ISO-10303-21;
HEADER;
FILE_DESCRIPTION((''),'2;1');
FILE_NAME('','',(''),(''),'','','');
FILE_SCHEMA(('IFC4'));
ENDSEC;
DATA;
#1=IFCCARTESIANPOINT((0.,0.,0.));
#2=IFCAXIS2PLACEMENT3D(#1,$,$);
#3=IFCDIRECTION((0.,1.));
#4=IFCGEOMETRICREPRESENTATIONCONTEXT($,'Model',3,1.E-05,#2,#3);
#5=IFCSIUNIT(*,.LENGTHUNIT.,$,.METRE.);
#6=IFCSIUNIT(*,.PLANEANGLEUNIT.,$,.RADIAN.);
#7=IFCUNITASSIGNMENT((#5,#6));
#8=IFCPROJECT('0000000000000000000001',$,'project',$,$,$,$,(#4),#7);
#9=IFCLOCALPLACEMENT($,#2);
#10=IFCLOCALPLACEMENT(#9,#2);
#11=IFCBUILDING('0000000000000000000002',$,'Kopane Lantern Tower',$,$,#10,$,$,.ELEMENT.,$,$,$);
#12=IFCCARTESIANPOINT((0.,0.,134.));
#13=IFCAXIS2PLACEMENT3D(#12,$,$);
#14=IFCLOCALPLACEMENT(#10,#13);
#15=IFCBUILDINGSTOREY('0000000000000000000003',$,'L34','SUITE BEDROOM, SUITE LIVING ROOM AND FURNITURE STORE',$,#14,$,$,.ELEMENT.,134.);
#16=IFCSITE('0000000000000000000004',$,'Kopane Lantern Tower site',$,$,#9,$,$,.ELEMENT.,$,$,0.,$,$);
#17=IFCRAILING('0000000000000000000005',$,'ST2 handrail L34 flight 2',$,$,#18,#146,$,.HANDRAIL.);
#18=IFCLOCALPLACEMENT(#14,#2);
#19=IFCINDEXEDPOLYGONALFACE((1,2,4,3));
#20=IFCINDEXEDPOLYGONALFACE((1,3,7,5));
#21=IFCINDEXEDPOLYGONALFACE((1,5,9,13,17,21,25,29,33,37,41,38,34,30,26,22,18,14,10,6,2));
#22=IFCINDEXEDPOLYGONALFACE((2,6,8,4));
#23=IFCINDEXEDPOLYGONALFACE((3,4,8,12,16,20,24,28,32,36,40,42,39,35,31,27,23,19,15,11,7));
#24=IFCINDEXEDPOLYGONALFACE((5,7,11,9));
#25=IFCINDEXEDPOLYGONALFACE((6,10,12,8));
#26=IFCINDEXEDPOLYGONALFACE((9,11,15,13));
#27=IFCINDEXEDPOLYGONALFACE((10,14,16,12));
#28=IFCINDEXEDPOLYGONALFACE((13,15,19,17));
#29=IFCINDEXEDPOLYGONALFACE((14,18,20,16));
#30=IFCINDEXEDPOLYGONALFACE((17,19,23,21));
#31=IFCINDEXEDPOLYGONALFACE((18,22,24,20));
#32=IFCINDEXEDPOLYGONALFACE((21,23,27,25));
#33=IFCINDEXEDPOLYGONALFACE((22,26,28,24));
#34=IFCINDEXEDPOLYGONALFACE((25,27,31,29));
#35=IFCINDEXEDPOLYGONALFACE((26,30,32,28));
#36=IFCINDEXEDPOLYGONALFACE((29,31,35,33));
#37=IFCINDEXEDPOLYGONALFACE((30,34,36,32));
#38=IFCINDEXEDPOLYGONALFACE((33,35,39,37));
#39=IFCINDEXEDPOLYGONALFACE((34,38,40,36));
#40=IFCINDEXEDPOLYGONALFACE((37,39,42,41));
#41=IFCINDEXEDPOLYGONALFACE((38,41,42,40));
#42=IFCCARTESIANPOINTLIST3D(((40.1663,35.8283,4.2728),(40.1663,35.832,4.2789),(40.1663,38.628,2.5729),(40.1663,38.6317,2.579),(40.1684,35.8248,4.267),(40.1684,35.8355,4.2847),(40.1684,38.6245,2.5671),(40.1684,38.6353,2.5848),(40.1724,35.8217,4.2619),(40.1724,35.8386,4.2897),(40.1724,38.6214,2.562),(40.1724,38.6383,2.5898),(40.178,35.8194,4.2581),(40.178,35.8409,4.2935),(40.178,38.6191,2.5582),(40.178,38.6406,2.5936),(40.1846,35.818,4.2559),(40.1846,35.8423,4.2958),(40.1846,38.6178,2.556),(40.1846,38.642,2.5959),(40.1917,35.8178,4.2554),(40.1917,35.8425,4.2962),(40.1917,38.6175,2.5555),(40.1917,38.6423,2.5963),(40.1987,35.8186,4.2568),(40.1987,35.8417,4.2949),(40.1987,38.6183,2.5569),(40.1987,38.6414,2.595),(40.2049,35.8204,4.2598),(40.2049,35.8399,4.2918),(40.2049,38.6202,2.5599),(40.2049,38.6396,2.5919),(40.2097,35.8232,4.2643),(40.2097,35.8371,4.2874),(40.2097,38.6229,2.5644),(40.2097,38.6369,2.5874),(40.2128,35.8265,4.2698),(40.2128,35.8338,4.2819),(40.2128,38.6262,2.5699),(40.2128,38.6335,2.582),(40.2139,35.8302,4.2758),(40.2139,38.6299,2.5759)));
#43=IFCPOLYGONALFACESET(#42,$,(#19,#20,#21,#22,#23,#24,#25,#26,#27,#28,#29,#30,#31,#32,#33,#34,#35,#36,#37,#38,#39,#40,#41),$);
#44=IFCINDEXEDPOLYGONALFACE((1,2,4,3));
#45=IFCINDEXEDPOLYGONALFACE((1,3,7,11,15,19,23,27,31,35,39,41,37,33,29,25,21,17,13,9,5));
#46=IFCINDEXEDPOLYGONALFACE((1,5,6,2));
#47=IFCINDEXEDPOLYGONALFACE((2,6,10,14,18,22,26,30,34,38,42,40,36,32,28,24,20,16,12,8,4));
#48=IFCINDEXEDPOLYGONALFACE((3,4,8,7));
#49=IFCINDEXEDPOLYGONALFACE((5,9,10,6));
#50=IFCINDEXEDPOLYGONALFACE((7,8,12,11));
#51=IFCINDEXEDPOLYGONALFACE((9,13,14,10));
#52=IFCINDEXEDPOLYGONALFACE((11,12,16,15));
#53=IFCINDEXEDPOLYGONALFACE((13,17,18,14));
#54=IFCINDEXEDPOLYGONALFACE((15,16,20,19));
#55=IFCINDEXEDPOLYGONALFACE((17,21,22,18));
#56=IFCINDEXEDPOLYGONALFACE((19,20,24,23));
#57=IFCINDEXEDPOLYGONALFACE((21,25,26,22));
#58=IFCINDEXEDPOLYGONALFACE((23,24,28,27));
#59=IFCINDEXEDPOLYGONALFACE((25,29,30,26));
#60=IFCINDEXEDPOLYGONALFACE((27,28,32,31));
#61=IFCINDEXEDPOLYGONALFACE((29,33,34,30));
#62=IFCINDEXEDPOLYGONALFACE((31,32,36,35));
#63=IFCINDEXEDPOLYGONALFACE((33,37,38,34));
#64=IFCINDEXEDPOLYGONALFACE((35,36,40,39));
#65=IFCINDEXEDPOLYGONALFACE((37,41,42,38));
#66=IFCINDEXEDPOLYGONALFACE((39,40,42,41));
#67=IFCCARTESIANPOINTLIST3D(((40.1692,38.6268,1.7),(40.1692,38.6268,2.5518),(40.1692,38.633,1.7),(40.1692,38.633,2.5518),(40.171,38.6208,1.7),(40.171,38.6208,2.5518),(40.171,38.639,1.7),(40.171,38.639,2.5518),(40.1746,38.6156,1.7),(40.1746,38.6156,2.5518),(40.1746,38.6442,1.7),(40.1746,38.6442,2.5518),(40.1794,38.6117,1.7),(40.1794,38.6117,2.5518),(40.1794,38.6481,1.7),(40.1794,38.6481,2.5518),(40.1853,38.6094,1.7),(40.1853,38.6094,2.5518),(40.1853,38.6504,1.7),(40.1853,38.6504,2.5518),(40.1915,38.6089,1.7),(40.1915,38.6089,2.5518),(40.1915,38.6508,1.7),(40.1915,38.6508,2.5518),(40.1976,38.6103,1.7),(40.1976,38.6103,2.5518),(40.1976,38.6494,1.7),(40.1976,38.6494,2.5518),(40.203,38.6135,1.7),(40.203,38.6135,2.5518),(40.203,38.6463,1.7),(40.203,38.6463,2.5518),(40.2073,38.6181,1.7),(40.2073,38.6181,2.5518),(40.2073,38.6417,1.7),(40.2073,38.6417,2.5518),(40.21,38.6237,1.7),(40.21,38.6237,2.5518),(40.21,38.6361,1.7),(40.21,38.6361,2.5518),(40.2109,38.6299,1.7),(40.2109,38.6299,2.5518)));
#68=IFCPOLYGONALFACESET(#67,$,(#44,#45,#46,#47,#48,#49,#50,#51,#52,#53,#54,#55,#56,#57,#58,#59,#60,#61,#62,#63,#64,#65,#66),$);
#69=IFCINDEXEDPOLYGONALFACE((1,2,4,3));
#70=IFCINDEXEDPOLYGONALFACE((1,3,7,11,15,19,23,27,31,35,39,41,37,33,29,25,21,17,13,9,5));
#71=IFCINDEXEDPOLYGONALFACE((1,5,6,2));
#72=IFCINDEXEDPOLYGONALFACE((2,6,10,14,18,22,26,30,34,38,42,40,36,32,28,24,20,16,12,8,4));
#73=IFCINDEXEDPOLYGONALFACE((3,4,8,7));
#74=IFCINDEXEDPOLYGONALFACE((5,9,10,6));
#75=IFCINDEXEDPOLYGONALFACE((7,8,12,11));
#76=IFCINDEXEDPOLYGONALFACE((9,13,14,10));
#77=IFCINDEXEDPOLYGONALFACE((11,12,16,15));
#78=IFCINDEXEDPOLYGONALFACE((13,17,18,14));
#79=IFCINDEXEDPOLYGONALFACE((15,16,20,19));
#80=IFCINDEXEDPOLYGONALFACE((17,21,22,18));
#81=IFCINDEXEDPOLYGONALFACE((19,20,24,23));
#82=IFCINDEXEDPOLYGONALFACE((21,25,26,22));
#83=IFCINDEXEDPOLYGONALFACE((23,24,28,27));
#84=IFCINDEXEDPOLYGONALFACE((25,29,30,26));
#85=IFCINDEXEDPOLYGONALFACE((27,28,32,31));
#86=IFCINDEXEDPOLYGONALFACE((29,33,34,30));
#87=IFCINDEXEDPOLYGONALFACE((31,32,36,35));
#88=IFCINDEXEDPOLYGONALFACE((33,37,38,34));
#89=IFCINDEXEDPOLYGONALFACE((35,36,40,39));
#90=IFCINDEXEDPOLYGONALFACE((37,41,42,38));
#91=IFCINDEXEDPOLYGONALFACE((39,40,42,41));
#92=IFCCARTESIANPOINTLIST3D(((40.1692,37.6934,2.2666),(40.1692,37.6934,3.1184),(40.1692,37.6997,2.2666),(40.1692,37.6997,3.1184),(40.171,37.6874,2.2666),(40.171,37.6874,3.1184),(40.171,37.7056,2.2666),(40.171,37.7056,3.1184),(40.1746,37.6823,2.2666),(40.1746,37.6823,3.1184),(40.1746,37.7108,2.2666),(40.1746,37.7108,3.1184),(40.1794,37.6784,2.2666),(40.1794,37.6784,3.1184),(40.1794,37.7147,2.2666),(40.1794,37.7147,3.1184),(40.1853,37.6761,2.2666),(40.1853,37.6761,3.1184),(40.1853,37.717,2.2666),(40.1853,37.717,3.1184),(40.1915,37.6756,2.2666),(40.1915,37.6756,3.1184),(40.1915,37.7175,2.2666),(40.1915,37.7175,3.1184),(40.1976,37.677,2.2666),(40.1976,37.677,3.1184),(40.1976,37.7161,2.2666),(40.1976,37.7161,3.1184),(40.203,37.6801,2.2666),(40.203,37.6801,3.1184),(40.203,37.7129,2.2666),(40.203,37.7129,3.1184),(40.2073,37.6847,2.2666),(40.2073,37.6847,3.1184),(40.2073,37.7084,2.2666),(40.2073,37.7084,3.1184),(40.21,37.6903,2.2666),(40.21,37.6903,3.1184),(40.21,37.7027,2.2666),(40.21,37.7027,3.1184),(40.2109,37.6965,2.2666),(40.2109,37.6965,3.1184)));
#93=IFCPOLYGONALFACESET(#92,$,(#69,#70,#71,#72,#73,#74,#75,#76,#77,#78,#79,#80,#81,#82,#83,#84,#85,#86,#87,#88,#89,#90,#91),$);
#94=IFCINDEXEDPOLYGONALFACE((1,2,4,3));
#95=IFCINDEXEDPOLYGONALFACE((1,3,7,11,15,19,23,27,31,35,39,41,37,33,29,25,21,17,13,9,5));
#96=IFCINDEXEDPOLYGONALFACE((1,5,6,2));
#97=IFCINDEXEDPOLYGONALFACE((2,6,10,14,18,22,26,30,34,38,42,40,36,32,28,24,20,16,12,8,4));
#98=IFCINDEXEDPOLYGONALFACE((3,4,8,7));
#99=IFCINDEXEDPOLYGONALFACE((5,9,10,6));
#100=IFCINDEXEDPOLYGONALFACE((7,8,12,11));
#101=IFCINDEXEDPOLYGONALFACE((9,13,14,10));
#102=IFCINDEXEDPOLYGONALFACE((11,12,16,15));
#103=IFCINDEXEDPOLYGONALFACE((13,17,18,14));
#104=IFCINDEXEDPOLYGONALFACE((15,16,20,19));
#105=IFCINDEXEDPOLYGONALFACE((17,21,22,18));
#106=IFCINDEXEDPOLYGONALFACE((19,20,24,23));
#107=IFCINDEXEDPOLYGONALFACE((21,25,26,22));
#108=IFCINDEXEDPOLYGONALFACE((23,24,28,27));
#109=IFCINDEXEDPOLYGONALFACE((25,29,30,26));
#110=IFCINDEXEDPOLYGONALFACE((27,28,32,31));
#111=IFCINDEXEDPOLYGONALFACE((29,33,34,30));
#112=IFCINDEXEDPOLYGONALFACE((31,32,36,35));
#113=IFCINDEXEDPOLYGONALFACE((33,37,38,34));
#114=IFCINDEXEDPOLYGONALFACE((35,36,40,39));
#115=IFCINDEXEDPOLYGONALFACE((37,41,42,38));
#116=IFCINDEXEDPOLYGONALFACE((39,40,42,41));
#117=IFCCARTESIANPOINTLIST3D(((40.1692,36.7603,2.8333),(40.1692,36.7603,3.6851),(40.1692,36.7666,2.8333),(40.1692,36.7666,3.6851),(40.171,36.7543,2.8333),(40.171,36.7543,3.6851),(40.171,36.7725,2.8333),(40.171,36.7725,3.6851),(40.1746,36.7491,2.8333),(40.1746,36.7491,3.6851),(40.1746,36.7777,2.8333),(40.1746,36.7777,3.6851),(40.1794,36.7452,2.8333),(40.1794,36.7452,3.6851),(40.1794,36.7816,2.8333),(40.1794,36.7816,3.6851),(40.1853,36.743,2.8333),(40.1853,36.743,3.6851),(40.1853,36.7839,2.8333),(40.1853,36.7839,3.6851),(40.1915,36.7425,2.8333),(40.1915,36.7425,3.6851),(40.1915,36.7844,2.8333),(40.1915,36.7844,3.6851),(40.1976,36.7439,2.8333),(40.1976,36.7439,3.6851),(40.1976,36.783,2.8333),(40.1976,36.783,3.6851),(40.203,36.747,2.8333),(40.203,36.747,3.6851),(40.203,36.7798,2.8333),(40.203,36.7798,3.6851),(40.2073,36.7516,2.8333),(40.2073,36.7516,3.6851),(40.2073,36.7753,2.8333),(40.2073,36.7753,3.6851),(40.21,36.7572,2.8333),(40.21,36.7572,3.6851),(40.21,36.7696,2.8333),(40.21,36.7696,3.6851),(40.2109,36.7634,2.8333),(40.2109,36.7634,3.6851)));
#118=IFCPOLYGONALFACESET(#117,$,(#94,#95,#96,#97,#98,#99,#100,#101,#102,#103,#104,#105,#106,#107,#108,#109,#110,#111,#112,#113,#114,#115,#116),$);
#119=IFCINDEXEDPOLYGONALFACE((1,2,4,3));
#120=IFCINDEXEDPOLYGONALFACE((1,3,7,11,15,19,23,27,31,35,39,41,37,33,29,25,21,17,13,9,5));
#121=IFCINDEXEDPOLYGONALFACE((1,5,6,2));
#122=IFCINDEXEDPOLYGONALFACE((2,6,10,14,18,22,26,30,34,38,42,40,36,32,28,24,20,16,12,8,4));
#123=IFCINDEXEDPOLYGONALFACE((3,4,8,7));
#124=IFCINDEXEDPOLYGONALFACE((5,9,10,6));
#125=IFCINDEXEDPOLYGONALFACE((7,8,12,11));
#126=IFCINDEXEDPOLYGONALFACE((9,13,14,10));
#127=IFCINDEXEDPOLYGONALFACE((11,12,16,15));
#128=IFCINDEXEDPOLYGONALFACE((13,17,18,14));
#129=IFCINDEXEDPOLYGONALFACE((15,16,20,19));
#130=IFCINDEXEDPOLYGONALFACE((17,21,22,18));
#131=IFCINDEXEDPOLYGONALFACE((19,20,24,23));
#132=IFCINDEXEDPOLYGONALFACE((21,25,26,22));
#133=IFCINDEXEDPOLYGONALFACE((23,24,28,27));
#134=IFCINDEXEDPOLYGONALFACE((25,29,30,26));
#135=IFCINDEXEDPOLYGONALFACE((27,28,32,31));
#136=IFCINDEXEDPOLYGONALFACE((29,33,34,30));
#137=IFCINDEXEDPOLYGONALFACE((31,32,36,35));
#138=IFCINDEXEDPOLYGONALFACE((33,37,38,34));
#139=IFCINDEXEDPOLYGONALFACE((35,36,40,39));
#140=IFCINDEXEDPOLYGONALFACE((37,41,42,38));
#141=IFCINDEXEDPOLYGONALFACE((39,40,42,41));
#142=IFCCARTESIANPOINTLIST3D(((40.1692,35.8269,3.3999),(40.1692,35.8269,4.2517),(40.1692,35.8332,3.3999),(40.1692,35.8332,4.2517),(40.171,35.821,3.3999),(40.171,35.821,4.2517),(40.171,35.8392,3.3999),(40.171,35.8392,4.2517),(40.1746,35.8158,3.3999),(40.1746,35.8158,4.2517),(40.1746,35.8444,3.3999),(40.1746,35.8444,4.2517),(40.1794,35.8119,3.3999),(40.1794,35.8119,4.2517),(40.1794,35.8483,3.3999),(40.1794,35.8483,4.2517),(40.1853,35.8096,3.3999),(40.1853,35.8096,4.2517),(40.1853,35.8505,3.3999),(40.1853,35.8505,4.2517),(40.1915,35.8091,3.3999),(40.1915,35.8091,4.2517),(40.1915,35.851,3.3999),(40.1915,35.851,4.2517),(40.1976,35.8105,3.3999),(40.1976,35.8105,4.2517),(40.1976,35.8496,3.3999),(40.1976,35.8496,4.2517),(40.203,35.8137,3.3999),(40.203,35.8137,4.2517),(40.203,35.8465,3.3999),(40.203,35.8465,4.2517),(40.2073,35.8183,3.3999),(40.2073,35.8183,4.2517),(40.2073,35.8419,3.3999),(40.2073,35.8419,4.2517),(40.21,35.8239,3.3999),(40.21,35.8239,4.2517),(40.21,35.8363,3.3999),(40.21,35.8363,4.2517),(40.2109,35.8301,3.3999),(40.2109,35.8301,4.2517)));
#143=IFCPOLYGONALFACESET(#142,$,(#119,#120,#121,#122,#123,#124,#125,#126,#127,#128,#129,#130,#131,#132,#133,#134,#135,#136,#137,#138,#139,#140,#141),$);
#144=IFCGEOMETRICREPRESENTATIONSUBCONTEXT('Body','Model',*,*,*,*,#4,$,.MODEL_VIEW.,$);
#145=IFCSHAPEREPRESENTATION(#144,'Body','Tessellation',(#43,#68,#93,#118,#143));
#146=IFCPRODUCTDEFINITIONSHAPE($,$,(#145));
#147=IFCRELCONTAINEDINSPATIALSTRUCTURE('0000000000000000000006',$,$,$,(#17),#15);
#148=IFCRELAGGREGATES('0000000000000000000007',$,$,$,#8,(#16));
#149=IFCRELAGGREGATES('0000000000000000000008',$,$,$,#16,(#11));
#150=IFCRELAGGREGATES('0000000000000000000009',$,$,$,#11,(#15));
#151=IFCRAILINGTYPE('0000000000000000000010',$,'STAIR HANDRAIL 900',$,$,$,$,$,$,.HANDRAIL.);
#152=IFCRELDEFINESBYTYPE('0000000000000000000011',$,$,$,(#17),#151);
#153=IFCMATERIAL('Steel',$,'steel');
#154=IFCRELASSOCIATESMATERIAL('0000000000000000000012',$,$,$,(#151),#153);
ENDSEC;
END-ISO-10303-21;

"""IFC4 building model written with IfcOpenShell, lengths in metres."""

from ifc_helpers import new_model, si_unit, direction, frame, origin, origin_2d, place, context, subcontext, project, spatial, circle, extrude, material, type_object, element, save


model = new_model("IFC4")

# Units and contexts
model_context = context("Model", 3, precision=1e-05, world=origin(), true_north=direction((0.0, 1.0)))
body_context = subcontext(model_context, "Body", "Model", "MODEL_VIEW")
ifc_project = project(units=[si_unit("LENGTHUNIT", "METRE"), si_unit("PLANEANGLEUNIT", "RADIAN")], contexts=[model_context])

# Site, building, storey
site_placement = place(None, origin())
site = spatial("IfcSite", under=ifc_project, at=site_placement, Name="Kopane Lantern Tower site", CompositionType="ELEMENT", RefElevation=0.0)
building_placement = place(site_placement, origin())
building = spatial("IfcBuilding", under=site, at=building_placement, Name="Kopane Lantern Tower", CompositionType="ELEMENT")
storey_placement = place(building_placement, frame((0.0, 0.0, 134.0)))
storey = spatial("IfcBuildingStorey", under=building, at=storey_placement, Name="L34", Description="SUITE BEDROOM, SUITE LIVING ROOM AND FURNITURE STORE", CompositionType="ELEMENT", Elevation=134.0)

# Railing
ifc_material_1 = material(Name="Steel", Category="steel")
railing_type_1 = type_object("IfcRailingType", Name="STAIR HANDRAIL 900", PredefinedType="HANDRAIL", material=ifc_material_1)
for number, where, name in (
    (1, (40.1899, 38.6299, 1.7), "ST2 handrail L34 flight 2"),
):
    element("IfcRailing", number, at=place(storey_placement, frame(where)), inside=storey, type_object=railing_type_1, Name=name, PredefinedType="HANDRAIL", context=body_context, shape_type="SweptSolid", body=[
        extrude(circle(Radius=0.0239, at=origin_2d()), frame((0.0, 0.0, 0.876), z_axis=(0.0, -0.854778, 0.518994), x_axis=(1.0, 0.0, 0.0)), (0.0, 0.0, 1.0), 3.2754),
        extrude(circle(Radius=0.021, at=origin_2d()), origin(), (0.0, 0.0, 1.0), 0.8518),
        extrude(circle(Radius=0.021, at=origin_2d()), frame((0.0, -0.9333, 0.5667)), (0.0, 0.0, 1.0), 0.8518),
        extrude(circle(Radius=0.021, at=origin_2d()), frame((0.0, -1.8665, 1.1333)), (0.0, 0.0, 1.0), 0.8518),
        extrude(circle(Radius=0.021, at=origin_2d()), frame((0.0, -2.7998, 1.7)), (0.0, 0.0, 1.0), 0.8518),
    ])

save(model, "model.ifc")
